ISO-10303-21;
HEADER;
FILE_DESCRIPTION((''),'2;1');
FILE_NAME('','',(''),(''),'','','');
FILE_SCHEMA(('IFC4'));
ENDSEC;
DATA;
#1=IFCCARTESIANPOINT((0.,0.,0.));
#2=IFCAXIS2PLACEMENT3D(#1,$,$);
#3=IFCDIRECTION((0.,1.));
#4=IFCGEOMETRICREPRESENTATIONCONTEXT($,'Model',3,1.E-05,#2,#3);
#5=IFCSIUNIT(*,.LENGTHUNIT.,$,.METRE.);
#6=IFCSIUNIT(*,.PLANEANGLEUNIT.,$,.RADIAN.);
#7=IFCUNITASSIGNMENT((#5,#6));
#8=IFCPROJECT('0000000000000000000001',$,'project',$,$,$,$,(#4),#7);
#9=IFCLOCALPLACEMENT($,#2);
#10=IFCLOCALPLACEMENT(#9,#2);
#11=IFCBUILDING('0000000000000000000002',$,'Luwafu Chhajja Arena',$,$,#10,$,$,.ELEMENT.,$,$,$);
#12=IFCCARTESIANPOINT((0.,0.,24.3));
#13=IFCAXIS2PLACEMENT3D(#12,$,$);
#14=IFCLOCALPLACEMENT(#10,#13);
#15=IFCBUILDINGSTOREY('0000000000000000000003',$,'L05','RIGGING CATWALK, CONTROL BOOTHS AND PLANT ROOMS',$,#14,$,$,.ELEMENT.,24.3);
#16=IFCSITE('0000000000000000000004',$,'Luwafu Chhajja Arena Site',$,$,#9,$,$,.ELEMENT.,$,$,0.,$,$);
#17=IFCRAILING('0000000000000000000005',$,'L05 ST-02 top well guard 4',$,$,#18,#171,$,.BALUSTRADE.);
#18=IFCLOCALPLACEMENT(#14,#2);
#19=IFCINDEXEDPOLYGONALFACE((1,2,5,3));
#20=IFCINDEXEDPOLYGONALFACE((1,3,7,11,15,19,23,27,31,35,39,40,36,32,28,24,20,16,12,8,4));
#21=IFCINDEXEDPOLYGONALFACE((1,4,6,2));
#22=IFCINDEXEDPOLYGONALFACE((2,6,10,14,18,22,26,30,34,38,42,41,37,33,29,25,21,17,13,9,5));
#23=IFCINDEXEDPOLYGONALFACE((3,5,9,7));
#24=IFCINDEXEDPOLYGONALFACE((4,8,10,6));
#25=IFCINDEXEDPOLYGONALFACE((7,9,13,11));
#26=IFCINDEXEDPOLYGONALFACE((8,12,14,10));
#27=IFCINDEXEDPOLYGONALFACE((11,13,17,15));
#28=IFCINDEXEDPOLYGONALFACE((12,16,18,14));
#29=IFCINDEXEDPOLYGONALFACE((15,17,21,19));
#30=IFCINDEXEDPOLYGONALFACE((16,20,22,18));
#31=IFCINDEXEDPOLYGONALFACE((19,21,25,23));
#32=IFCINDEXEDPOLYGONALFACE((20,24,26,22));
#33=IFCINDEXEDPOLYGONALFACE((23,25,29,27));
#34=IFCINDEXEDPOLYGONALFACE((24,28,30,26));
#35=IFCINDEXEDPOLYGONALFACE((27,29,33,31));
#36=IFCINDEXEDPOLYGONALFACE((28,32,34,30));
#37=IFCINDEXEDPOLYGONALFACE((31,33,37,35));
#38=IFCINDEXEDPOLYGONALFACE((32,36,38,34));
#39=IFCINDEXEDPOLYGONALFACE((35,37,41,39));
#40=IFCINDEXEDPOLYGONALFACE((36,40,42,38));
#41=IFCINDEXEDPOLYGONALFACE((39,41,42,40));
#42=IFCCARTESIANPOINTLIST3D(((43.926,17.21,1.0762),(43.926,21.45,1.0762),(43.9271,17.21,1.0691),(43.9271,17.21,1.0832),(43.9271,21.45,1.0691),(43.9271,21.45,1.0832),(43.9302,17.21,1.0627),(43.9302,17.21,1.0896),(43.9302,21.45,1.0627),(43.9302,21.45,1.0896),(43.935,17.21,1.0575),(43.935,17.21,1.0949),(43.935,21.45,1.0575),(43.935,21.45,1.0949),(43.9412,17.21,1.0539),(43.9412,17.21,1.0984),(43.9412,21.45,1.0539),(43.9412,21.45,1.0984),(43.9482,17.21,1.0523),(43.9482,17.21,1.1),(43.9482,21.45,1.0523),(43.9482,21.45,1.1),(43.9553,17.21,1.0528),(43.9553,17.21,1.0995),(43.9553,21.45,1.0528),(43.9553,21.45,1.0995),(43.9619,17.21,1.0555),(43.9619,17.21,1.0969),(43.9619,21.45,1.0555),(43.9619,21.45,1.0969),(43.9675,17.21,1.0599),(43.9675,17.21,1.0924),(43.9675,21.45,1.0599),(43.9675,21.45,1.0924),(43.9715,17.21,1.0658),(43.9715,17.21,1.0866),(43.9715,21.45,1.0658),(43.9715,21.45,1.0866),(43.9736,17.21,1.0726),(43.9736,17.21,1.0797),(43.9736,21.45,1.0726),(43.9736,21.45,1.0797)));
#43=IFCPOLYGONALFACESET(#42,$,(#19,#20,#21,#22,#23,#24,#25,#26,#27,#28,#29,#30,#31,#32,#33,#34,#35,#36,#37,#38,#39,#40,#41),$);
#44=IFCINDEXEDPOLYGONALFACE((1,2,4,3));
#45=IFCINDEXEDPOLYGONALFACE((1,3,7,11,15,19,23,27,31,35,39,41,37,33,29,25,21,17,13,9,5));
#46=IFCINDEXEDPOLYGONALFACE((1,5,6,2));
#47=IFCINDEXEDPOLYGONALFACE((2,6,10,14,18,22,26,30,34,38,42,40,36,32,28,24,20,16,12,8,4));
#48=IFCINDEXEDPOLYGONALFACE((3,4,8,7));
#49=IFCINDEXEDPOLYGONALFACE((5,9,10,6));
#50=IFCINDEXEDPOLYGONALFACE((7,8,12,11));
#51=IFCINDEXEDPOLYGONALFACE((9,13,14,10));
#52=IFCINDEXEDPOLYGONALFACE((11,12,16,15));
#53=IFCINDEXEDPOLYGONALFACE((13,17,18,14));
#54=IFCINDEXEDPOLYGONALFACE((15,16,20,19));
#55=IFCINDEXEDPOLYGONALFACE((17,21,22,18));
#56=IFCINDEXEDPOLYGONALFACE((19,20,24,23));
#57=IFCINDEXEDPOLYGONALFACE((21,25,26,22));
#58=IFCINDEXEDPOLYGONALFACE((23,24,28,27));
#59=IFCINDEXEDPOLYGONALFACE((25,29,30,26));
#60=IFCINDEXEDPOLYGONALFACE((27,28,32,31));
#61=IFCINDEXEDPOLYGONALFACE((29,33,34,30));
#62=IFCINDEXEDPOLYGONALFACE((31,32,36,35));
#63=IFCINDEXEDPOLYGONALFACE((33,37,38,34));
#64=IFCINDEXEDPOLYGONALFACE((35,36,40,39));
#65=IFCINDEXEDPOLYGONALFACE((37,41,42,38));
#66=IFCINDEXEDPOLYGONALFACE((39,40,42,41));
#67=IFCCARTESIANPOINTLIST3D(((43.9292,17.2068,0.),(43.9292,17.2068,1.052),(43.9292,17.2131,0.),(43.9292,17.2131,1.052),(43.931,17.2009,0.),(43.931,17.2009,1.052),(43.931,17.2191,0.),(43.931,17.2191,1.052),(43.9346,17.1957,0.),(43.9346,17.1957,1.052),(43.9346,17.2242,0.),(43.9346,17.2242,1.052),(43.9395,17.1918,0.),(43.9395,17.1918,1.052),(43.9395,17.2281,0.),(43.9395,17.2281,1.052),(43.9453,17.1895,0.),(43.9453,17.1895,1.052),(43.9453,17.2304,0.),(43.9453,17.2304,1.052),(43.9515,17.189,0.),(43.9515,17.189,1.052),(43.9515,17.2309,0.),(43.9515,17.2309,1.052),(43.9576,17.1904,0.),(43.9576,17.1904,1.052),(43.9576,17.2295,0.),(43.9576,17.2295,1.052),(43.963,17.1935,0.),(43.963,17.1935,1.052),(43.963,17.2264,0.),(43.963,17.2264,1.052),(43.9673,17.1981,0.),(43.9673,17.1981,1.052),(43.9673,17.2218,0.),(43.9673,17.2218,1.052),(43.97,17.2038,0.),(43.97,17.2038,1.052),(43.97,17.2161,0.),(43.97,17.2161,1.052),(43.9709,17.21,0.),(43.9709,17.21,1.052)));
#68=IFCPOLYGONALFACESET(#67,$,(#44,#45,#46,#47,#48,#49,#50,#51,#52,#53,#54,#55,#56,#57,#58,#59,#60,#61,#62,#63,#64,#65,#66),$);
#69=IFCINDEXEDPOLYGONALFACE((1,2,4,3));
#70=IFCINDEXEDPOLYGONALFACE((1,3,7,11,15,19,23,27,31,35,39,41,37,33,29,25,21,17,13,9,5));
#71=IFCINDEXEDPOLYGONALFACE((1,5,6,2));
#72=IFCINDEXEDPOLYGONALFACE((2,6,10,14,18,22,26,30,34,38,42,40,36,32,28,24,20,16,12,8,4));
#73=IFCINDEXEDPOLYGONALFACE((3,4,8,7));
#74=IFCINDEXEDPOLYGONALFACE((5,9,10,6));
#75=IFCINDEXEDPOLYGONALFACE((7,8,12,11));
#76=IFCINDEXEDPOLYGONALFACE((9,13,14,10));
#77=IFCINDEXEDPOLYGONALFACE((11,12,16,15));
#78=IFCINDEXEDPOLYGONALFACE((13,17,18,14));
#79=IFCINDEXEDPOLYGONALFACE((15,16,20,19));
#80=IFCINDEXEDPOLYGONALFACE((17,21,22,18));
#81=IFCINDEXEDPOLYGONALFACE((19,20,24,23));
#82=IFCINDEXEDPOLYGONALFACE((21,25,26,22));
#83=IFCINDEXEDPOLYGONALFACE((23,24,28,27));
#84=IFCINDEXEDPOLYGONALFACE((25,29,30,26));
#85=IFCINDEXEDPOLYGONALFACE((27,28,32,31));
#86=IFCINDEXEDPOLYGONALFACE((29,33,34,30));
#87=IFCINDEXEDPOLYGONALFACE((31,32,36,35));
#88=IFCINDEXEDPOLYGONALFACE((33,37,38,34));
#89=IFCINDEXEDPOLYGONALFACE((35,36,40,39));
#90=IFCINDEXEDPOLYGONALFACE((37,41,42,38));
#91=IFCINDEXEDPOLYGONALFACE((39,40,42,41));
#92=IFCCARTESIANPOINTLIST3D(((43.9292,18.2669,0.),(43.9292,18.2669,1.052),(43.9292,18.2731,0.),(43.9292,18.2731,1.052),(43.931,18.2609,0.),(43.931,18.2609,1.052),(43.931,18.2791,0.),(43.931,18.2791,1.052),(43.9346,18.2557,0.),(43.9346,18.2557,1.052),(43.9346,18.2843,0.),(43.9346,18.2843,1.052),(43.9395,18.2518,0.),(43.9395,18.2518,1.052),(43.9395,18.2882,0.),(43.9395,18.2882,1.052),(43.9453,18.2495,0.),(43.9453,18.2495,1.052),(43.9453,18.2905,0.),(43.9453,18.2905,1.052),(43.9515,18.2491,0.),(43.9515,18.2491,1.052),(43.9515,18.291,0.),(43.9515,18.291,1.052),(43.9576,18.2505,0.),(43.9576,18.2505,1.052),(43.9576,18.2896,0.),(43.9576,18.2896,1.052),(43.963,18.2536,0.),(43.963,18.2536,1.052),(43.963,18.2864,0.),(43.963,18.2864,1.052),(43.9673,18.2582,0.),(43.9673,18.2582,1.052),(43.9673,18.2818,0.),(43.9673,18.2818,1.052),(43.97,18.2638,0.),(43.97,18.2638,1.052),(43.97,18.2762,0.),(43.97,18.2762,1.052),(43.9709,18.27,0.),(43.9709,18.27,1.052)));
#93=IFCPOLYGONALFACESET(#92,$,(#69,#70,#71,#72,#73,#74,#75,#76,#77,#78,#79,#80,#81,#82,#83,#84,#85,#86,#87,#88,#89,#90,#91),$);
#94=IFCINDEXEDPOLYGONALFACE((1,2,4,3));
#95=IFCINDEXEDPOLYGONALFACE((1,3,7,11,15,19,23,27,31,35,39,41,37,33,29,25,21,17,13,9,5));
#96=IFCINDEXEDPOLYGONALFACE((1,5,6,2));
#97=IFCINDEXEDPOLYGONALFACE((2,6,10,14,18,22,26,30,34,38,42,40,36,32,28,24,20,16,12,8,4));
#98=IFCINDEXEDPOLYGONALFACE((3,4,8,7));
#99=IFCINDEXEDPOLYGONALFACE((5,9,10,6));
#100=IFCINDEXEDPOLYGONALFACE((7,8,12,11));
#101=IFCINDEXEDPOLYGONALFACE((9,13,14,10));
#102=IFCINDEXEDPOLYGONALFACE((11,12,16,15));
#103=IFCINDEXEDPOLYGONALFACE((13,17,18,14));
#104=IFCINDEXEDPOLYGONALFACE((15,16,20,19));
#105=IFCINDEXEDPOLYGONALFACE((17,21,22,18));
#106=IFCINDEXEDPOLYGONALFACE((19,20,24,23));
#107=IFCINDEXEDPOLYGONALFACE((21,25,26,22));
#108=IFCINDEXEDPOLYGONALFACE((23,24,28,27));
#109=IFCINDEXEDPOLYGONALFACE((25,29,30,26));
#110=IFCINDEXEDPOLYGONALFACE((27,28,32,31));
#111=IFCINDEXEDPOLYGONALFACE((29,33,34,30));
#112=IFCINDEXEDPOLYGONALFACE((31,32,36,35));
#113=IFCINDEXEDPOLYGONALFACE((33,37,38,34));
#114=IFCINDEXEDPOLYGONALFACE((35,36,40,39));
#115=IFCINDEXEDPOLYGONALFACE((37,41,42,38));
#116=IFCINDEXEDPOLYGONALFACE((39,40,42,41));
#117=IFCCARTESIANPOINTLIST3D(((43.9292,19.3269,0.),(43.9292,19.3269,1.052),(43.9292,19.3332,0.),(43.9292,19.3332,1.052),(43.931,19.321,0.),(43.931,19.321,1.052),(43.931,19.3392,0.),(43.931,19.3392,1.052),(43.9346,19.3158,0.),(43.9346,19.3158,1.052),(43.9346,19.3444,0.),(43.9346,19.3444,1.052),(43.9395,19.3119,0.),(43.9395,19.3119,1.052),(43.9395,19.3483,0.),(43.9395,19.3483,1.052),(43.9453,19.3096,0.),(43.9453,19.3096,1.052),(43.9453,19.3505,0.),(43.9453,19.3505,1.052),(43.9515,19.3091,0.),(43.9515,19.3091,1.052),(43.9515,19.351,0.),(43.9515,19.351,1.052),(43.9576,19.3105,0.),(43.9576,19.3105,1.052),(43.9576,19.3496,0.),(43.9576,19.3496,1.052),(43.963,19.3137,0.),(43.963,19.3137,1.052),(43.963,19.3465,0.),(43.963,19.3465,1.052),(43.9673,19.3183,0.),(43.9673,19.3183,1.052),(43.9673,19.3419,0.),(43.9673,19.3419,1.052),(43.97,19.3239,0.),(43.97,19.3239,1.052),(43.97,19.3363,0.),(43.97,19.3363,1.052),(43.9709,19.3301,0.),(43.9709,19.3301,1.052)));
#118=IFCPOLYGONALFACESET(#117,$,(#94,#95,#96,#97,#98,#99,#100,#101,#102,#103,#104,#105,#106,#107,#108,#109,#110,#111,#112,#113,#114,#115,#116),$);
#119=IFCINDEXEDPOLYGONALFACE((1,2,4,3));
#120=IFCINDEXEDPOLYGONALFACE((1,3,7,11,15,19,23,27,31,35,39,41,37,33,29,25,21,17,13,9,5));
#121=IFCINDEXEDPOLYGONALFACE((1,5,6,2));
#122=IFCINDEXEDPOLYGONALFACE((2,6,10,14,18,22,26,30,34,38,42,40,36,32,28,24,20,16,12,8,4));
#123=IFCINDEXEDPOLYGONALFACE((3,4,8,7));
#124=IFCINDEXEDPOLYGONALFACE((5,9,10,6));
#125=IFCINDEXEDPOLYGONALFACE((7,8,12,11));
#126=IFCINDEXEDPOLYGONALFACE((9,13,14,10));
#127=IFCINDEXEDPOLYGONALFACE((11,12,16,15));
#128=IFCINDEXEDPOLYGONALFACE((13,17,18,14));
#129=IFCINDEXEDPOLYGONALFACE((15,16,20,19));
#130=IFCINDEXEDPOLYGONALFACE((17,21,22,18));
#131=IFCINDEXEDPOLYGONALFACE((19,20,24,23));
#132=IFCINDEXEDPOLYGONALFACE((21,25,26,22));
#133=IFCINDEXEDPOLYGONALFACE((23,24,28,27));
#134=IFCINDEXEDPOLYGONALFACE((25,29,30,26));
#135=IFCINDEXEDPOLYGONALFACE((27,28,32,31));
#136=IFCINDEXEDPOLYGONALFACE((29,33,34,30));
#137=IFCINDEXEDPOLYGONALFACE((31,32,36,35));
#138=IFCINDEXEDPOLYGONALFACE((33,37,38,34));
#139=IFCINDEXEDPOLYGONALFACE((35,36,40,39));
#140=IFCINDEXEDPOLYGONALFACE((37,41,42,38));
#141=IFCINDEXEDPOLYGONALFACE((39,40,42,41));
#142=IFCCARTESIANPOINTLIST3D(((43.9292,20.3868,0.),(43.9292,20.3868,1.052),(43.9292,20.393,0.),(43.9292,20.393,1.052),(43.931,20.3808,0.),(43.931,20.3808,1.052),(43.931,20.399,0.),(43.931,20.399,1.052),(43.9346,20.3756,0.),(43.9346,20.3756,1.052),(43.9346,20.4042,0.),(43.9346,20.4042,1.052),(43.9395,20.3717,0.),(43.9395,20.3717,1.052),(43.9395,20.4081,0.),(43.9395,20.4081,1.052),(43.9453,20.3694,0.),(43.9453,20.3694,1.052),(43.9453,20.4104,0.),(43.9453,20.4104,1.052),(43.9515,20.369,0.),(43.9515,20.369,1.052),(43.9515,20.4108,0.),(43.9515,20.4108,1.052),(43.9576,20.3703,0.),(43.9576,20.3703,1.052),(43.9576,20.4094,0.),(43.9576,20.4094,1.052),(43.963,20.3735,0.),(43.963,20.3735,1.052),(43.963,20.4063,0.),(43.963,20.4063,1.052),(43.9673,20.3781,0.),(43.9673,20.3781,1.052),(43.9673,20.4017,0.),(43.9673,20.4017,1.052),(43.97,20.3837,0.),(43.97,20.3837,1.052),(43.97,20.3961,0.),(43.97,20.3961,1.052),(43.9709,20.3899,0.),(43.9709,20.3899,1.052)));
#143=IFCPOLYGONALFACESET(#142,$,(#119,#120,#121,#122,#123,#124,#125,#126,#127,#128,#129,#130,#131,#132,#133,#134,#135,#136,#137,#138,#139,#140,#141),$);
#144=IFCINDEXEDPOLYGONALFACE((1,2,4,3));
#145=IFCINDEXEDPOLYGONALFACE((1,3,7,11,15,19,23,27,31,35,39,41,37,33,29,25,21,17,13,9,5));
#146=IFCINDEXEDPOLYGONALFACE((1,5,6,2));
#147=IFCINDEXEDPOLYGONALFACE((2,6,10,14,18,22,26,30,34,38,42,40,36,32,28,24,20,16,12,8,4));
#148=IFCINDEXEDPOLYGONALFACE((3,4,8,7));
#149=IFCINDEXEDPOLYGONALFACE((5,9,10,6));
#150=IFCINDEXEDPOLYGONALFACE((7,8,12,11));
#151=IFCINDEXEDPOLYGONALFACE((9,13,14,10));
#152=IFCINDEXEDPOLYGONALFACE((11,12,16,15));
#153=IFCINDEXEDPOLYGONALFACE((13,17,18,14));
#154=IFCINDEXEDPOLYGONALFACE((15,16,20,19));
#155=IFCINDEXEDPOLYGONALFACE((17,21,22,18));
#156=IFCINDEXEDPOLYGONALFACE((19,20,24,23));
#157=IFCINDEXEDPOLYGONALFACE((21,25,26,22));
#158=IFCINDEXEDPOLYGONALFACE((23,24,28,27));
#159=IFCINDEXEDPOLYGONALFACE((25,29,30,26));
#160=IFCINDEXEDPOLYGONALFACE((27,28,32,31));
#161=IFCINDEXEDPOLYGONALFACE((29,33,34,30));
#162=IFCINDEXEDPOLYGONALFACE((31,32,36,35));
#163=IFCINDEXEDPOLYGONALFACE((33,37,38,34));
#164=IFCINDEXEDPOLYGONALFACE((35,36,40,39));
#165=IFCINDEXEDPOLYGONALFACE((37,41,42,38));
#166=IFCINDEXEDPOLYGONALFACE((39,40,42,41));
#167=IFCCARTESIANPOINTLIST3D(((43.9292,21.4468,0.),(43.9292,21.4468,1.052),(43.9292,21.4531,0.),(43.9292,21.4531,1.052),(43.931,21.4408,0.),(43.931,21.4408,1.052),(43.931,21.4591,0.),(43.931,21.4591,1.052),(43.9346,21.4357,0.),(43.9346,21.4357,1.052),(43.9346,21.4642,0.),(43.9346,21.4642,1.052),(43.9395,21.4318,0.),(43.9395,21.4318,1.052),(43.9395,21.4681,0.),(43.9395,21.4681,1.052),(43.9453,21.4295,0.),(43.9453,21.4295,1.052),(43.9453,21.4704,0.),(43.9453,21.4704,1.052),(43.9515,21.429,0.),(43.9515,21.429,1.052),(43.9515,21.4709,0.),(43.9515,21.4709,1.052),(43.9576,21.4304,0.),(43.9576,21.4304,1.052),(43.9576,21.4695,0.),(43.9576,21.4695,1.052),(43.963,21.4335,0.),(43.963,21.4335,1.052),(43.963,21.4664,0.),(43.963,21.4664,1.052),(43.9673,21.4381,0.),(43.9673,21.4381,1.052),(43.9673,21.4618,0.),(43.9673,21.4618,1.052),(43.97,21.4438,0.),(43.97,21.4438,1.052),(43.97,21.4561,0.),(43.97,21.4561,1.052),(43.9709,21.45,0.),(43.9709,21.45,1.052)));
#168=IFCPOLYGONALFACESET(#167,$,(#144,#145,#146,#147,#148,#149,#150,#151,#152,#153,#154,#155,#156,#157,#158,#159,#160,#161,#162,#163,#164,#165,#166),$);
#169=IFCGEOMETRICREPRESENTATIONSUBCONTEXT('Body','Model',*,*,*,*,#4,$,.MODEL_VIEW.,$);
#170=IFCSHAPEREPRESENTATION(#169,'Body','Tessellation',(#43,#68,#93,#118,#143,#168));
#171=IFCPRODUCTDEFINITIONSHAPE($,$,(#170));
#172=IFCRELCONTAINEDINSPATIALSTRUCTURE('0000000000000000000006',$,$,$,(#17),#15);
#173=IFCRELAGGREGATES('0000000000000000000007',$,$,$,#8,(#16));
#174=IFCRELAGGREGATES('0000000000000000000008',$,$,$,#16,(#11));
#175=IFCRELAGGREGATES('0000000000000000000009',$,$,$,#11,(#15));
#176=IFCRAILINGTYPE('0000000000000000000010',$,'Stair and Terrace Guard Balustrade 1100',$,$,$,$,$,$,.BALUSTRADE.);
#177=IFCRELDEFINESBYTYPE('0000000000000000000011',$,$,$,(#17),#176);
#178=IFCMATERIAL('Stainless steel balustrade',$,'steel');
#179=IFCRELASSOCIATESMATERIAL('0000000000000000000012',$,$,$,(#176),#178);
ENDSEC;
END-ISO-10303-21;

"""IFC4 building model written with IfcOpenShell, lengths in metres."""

from ifc_helpers import new_model, si_unit, direction, frame, origin, origin_2d, place, context, subcontext, project, spatial, circle, extrude, material, type_object, element, save


model = new_model("IFC4")

# Units and contexts
model_context = context("Model", 3, precision=1e-05, world=origin(), true_north=direction((0.0, 1.0)))
body_context = subcontext(model_context, "Body", "Model", "MODEL_VIEW")
ifc_project = project(units=[si_unit("LENGTHUNIT", "METRE"), si_unit("PLANEANGLEUNIT", "RADIAN")], contexts=[model_context])

# Site, building, storey
site_placement = place(None, origin())
site = spatial("IfcSite", under=ifc_project, at=site_placement, Name="Luwafu Chhajja Arena Site", CompositionType="ELEMENT", RefElevation=0.0)
building_placement = place(site_placement, origin())
building = spatial("IfcBuilding", under=site, at=building_placement, Name="Luwafu Chhajja Arena", CompositionType="ELEMENT")
storey_placement = place(building_placement, frame((0.0, 0.0, 24.3)))
storey = spatial("IfcBuildingStorey", under=building, at=storey_placement, Name="L05", Description="RIGGING CATWALK, CONTROL BOOTHS AND PLANT ROOMS", CompositionType="ELEMENT", Elevation=24.3)

# Railing
ifc_material_1 = material(Name="Stainless steel balustrade", Category="steel")
railing_type_1 = type_object("IfcRailingType", Name="Stair and Terrace Guard Balustrade 1100", PredefinedType="BALUSTRADE", material=ifc_material_1)
railing_1_placement = place(storey_placement, frame((43.95, 17.21, 0.0)))
element("IfcRailing", 1, at=railing_1_placement, inside=storey, type_object=railing_type_1, Name="L05 ST-02 top well guard 4", PredefinedType="BALUSTRADE", context=body_context, shape_type="SweptSolid", body=[
    extrude(circle(Radius=0.0239, at=origin_2d()), frame((0.0, 0.0, 1.0762), z_axis=(0.0, 1.0, 0.0), x_axis=(-1.0, 0.0, 0.0)), (0.0, 0.0, 1.0), 4.24),
    extrude(circle(Radius=0.021, at=origin_2d()), origin(), (0.0, 0.0, 1.0), 1.052),
    extrude(circle(Radius=0.021, at=origin_2d()), frame((0.0, 1.0601, 0.0)), (0.0, 0.0, 1.0), 1.052),
    extrude(circle(Radius=0.021, at=origin_2d()), frame((0.0, 2.1201, 0.0)), (0.0, 0.0, 1.0), 1.052),
    extrude(circle(Radius=0.021, at=origin_2d()), frame((0.0, 3.1799, 0.0)), (0.0, 0.0, 1.0), 1.052),
    extrude(circle(Radius=0.021, at=origin_2d()), frame((0.0, 4.24, 0.0)), (0.0, 0.0, 1.0), 1.052),
])

save(model, "model.ifc")
